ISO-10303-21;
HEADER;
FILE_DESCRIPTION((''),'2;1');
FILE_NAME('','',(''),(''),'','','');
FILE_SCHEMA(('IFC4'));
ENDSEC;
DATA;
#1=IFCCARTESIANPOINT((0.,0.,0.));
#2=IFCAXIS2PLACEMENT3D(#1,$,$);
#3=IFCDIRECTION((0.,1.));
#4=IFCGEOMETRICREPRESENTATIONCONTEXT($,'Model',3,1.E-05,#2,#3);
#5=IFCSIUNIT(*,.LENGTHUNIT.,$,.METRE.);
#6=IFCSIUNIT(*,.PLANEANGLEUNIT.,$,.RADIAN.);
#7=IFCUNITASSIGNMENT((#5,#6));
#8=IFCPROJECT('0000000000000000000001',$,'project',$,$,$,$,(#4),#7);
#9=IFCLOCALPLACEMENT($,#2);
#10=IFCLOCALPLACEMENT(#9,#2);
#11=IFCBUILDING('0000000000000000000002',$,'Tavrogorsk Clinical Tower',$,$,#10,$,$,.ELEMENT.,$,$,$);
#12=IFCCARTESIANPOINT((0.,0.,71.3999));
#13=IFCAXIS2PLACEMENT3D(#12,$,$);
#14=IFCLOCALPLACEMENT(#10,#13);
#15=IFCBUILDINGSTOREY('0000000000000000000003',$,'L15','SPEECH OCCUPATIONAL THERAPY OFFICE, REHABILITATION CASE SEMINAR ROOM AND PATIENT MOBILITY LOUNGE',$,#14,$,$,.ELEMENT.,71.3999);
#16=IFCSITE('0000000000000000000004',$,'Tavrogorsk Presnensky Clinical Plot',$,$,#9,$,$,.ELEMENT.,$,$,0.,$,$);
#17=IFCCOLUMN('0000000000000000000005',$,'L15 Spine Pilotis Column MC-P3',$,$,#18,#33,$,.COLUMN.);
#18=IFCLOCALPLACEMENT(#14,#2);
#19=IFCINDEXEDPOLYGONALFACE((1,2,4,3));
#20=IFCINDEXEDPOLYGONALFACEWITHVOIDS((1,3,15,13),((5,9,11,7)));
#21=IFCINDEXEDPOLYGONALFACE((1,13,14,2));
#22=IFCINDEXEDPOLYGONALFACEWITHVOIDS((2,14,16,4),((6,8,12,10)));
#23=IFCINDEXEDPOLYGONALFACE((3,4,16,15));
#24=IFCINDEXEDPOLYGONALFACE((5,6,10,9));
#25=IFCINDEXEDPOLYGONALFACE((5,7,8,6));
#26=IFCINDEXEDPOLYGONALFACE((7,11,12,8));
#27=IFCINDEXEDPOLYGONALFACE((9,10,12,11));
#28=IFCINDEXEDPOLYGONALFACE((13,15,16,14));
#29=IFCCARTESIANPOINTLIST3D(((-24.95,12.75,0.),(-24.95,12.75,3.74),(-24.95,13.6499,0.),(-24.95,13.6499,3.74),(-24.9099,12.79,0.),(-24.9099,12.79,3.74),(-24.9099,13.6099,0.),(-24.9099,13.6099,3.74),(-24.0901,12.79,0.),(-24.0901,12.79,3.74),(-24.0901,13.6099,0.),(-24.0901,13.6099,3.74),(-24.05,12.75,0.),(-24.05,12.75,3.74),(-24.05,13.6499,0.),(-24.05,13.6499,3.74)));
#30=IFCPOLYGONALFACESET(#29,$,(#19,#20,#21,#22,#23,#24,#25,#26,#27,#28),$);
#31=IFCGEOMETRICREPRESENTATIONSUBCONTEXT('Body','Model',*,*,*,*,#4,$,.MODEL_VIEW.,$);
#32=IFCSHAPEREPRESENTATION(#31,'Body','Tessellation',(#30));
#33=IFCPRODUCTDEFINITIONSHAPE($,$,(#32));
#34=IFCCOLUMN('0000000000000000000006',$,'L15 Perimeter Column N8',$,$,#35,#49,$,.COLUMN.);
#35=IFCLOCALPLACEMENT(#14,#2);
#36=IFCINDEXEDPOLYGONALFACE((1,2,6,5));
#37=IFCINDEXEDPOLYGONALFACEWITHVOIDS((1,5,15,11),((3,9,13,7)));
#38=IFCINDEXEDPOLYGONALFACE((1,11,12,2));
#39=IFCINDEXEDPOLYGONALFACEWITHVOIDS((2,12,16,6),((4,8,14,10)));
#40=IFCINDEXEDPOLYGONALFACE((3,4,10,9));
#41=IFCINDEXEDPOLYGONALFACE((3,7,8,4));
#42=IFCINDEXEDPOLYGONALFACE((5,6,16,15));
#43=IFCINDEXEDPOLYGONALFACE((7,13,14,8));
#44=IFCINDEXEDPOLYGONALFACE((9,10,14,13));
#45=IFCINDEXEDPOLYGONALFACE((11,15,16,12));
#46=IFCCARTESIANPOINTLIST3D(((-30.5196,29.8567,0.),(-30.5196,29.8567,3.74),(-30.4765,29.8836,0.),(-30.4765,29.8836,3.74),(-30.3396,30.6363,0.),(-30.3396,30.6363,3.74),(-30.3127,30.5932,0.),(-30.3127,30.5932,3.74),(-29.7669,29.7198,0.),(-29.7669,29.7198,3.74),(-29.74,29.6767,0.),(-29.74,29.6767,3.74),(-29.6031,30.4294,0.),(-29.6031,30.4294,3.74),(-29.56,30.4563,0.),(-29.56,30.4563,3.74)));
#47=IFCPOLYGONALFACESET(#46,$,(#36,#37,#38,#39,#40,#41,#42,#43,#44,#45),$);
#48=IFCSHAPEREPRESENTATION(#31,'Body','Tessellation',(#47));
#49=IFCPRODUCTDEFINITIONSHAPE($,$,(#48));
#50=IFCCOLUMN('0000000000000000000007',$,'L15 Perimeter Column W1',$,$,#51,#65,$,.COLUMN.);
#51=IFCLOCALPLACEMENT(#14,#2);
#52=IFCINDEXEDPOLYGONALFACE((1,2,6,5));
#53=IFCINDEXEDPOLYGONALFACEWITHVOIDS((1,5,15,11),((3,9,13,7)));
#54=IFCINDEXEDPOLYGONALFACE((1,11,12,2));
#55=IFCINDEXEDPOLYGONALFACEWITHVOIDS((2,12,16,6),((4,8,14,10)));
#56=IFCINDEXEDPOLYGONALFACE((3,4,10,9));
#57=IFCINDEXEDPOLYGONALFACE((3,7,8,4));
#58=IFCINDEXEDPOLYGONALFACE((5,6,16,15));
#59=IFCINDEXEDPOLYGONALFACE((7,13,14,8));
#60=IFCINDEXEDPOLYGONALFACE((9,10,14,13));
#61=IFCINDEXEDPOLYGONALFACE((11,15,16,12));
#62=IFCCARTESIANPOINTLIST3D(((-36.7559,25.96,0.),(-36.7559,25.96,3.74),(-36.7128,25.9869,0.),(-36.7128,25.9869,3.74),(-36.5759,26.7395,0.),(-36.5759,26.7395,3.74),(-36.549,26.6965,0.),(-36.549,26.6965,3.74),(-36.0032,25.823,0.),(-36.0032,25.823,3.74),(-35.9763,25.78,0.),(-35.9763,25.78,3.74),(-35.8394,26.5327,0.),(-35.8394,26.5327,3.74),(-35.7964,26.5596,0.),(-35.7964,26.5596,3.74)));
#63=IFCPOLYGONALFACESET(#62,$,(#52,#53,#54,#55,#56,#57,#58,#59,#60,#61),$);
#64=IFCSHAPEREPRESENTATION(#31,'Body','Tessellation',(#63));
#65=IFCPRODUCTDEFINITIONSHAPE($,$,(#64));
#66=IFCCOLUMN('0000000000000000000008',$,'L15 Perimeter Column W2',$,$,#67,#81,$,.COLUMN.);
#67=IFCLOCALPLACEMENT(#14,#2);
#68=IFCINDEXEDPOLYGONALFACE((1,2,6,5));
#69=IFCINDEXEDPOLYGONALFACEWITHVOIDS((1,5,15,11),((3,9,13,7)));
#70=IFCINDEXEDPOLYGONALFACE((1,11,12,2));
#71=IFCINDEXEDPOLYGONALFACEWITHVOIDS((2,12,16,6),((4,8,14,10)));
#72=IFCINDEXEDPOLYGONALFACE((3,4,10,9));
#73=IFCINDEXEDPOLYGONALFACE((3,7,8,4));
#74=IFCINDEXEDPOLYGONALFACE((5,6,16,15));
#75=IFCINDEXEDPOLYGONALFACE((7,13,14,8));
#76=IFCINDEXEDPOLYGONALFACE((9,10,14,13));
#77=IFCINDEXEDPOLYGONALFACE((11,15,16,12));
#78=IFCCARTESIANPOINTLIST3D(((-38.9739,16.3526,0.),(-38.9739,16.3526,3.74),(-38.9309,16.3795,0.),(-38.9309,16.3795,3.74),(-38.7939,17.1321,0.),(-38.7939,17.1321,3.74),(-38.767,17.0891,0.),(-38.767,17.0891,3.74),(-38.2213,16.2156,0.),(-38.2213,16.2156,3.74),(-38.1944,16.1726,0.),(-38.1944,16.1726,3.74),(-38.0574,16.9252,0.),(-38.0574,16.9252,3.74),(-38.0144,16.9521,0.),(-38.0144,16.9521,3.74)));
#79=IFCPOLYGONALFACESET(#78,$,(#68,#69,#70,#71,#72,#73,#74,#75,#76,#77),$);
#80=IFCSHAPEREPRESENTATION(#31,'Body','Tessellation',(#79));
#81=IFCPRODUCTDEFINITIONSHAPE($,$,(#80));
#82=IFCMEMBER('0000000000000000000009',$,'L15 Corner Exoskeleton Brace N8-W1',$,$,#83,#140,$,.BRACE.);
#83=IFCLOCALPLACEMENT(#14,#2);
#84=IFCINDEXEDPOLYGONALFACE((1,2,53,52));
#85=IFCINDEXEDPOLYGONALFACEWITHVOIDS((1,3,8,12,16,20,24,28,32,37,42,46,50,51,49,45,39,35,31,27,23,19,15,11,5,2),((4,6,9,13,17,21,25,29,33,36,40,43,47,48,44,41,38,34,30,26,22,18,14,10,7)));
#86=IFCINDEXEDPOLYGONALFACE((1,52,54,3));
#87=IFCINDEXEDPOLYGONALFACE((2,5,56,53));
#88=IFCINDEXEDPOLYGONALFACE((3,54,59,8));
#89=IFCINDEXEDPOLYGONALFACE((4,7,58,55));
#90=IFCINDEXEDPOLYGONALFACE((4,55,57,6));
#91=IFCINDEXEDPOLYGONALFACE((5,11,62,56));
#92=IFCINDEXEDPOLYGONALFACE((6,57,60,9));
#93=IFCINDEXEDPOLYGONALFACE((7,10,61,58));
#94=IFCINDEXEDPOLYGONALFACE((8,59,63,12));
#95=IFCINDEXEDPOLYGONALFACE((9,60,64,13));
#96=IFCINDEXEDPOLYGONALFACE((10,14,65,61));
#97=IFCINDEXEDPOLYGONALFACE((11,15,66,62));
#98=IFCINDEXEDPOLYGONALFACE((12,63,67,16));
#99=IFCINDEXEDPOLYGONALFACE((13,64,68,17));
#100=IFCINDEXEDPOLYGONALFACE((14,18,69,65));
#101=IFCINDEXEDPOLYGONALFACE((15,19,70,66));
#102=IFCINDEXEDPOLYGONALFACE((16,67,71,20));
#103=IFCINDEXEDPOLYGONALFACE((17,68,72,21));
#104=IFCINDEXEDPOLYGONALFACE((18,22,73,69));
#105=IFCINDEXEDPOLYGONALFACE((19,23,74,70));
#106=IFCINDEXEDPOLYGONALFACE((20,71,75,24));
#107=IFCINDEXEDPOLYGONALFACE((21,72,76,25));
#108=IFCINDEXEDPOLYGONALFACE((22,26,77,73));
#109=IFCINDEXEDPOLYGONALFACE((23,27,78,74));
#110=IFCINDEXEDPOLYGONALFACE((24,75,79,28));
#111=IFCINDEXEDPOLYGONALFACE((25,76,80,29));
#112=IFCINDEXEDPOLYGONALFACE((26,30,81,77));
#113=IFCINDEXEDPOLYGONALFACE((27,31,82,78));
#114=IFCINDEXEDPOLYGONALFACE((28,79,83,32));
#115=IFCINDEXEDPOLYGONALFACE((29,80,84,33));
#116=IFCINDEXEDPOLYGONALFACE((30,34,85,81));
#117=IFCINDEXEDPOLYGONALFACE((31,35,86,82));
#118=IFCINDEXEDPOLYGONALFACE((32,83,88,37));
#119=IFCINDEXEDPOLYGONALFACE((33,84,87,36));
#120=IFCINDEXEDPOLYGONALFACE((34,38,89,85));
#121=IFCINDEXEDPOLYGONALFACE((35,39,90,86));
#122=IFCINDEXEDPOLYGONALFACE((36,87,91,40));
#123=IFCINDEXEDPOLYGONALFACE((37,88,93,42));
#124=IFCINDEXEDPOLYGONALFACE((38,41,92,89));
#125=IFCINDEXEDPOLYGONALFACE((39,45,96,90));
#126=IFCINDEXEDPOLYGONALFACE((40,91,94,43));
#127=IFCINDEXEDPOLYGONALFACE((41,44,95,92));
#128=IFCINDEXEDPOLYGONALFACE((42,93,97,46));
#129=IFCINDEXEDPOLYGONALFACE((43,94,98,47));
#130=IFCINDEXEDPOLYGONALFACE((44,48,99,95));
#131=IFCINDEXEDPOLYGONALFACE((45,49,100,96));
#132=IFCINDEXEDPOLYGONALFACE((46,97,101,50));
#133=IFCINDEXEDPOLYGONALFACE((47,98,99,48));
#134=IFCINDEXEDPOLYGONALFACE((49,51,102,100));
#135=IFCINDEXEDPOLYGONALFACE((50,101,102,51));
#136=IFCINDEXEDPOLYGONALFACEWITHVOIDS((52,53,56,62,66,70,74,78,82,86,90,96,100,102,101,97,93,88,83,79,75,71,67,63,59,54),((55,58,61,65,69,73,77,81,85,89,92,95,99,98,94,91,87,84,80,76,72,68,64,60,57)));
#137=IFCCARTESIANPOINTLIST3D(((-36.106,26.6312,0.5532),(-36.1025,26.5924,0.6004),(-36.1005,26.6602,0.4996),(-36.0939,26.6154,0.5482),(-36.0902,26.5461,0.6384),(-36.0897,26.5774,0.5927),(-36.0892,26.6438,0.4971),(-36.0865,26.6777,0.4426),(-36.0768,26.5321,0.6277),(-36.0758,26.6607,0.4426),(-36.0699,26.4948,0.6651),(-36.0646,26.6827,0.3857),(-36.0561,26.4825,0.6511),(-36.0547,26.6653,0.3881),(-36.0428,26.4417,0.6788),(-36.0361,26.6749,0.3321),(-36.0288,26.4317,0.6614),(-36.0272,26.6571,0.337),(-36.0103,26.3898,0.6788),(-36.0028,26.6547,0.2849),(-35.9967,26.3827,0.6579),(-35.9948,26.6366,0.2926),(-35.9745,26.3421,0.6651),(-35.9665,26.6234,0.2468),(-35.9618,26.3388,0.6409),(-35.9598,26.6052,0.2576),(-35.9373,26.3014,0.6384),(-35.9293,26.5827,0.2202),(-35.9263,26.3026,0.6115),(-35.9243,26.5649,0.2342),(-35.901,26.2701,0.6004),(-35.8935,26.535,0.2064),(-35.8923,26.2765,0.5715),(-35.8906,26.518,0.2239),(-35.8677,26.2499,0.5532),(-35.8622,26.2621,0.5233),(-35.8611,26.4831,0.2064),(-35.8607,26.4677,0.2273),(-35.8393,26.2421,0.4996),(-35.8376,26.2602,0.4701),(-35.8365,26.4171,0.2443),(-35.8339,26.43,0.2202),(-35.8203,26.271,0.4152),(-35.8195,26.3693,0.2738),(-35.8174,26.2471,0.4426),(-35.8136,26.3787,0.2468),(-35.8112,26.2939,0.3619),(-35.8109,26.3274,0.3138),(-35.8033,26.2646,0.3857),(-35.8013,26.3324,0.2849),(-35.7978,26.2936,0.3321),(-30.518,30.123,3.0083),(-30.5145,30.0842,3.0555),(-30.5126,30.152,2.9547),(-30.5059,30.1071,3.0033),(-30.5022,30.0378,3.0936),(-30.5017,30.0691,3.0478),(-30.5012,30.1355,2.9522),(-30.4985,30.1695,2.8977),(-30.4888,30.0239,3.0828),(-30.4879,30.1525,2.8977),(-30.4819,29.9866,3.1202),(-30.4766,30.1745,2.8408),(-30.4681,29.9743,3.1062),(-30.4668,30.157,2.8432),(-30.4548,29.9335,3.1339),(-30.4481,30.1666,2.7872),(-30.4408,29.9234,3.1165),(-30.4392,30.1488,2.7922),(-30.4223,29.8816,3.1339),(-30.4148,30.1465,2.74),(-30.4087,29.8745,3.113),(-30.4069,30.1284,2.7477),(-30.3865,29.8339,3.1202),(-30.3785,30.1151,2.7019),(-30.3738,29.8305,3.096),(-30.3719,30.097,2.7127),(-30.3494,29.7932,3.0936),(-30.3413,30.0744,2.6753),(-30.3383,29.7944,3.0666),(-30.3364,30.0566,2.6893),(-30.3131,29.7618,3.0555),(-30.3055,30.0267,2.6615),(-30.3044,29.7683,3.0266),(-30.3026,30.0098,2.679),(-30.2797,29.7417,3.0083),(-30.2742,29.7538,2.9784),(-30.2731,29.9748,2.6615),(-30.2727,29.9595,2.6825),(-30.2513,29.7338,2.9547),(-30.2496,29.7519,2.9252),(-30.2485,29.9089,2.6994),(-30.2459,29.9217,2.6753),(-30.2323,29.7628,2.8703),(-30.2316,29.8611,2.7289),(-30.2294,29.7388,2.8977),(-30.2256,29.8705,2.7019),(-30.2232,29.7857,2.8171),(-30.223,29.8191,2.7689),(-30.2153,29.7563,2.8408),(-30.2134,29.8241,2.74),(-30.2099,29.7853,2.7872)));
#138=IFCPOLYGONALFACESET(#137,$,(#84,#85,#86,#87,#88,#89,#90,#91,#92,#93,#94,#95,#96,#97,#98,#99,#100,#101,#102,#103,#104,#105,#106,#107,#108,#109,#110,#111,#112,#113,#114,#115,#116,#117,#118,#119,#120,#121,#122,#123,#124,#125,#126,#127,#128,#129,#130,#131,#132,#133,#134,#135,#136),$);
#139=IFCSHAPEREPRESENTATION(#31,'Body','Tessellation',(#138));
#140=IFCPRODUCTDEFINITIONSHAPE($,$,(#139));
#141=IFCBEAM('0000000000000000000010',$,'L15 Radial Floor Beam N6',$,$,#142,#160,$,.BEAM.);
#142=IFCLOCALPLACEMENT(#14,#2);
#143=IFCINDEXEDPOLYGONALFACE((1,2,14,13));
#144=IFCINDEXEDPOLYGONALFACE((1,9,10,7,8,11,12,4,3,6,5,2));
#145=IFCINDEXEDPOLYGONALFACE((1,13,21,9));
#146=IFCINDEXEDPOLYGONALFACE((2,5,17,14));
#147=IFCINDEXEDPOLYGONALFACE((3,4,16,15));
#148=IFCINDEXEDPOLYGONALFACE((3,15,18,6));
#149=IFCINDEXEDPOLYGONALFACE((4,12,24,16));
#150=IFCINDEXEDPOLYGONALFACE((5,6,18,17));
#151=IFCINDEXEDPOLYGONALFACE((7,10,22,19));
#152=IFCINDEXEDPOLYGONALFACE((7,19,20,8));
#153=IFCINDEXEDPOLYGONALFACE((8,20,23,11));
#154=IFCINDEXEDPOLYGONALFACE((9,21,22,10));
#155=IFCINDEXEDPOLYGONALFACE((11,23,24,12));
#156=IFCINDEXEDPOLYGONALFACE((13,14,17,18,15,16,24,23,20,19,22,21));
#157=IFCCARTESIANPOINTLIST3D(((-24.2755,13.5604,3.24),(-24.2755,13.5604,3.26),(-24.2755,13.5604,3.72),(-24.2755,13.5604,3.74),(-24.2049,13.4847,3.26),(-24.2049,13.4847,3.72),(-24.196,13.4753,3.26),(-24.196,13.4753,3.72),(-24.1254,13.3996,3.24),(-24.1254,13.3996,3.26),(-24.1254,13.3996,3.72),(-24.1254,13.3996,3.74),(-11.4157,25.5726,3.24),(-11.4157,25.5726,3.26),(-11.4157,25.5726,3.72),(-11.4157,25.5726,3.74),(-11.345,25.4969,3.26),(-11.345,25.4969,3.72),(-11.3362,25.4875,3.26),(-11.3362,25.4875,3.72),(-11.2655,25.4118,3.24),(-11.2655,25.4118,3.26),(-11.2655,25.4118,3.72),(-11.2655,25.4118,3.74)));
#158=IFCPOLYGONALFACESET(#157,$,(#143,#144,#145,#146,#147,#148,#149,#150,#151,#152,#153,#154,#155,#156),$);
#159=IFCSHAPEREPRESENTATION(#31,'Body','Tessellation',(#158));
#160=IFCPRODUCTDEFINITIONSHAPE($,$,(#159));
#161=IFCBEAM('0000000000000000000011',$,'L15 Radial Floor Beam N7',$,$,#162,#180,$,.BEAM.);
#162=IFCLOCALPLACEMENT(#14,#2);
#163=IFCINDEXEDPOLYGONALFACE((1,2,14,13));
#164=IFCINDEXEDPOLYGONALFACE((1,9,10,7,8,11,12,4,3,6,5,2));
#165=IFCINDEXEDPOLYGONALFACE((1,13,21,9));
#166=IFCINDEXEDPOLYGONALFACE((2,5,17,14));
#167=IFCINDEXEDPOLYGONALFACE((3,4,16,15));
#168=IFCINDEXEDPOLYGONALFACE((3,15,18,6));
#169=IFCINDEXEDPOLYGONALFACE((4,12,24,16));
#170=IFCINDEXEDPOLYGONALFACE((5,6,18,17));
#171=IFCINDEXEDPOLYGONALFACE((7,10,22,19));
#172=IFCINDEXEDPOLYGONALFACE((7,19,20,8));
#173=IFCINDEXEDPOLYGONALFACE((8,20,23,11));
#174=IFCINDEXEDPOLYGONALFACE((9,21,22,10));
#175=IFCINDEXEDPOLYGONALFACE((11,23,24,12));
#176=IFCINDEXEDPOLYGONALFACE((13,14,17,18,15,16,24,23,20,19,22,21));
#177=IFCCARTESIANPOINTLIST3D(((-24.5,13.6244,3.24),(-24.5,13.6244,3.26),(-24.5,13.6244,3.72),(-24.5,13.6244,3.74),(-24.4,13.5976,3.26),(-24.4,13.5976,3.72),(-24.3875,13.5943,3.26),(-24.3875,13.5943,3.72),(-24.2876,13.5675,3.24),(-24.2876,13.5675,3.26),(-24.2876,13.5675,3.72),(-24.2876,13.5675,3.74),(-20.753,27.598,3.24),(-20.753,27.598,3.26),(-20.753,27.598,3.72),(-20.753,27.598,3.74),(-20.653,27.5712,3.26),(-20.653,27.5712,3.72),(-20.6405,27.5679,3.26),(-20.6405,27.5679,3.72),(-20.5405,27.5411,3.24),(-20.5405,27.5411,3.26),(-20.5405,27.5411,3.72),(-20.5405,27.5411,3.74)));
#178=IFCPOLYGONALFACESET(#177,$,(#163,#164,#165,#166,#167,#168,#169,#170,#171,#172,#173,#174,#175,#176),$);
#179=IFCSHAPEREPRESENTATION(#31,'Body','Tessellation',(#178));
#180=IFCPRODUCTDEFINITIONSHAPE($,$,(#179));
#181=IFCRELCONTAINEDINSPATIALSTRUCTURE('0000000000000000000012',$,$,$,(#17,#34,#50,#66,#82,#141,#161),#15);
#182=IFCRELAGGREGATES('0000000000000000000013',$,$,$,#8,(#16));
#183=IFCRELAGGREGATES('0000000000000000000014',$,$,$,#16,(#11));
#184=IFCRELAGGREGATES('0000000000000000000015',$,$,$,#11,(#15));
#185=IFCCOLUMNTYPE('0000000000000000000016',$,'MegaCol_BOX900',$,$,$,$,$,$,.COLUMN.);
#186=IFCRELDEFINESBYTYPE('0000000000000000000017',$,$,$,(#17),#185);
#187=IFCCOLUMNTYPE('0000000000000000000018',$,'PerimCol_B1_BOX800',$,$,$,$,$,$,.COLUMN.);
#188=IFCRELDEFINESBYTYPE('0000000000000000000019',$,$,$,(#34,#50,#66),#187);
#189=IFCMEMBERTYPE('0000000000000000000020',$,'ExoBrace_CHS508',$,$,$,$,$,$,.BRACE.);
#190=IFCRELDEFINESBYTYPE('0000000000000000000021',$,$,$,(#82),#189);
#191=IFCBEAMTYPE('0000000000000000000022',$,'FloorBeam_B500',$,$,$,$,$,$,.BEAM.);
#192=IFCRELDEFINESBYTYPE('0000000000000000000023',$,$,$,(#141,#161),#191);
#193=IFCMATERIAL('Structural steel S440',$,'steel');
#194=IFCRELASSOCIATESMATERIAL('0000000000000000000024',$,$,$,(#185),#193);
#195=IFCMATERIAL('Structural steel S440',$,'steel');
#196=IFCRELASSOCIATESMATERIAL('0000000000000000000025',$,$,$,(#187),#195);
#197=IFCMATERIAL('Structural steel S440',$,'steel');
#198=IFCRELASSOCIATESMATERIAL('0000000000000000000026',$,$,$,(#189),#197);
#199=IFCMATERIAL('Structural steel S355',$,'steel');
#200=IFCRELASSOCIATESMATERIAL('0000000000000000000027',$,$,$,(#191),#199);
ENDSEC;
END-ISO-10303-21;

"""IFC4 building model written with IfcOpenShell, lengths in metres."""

from ifc_helpers import new_model, si_unit, direction, frame, origin, origin_2d, place, context, subcontext, project, spatial, hollow_rectangle, hollow_circle, i_section, extrude, material, material_profile, profile_set, type_object, element, save


model = new_model("IFC4")

# Units and contexts
model_context = context("Model", 3, precision=1e-05, world=origin(), true_north=direction((0.0, 1.0)))
body_context = subcontext(model_context, "Body", "Model", "MODEL_VIEW")
ifc_project = project(units=[si_unit("LENGTHUNIT", "METRE"), si_unit("PLANEANGLEUNIT", "RADIAN")], contexts=[model_context])

# Site, building, storey
site_placement = place(None, origin())
site = spatial("IfcSite", under=ifc_project, at=site_placement, Name="Tavrogorsk Presnensky Clinical Plot", CompositionType="ELEMENT", RefElevation=0.0)
building_placement = place(site_placement, origin())
building = spatial("IfcBuilding", under=site, at=building_placement, Name="Tavrogorsk Clinical Tower", CompositionType="ELEMENT")
storey_placement = place(building_placement, frame((0.0, 0.0, 71.3999)))
storey = spatial("IfcBuildingStorey", under=building, at=storey_placement, Name="L15", Description="SPEECH OCCUPATIONAL THERAPY OFFICE, REHABILITATION CASE SEMINAR ROOM AND PATIENT MOBILITY LOUNGE", CompositionType="ELEMENT", Elevation=71.3999)

# Columns
ifc_material_1 = material(Name="Structural steel S440", Category="steel")
ifc_material_profile_1 = material_profile(ifc_material_1, hollow_rectangle(XDim=0.8999, YDim=0.8999, WallThickness=0.04, at=origin_2d()), Name="BOX-900x900x40")
ifc_profile_set_1 = profile_set([ifc_material_profile_1], Name="Structural steel S440")
column_type_1 = type_object("IfcColumnType", Name="MegaCol_BOX900", PredefinedType="COLUMN", material=ifc_profile_set_1)
column_placement = place(storey_placement, frame((-24.5, 13.2, 0.0), z_axis=(0.0, 0.0, 1.0), x_axis=(1.0, 0.0, 0.0)))
element("IfcColumn", 1, at=column_placement, inside=storey, type_object=column_type_1, Name="L15 Spine Pilotis Column MC-P3", PredefinedType="COLUMN", context=body_context, shape_type="SweptSolid", body=[
    extrude(hollow_rectangle(XDim=0.8999, YDim=0.8999, WallThickness=0.04, at=origin_2d()), origin(), (0.0, 0.0, 1.0), 3.74),
])
ifc_material_2 = material(Name="Structural steel S440", Category="steel")
ifc_material_profile_2 = material_profile(ifc_material_2, hollow_rectangle(XDim=0.8, YDim=0.8, WallThickness=0.0359, at=origin_2d()), Name="BOX-800x800x36")
ifc_profile_set_2 = profile_set([ifc_material_profile_2], Name="Structural steel S440")
column_type_2 = type_object("IfcColumnType", Name="PerimCol_B1_BOX800", PredefinedType="COLUMN", material=ifc_profile_set_2)
for number, where, z_axis, x_axis, name in (
    (2, (-30.0398, 30.1565, 0.0), (0.0, 0.0, 1.0), (0.97437, -0.224951, 0.0), "L15 Perimeter Column N8"),
    (3, (-36.2761, 26.2598, 0.0), (0.0, 0.0, 1.0), (0.97437, -0.224951, 0.0), "L15 Perimeter Column W1"),
    (4, (-38.4941, 16.6523, 0.0), (0.0, 0.0, 1.0), (0.97437, -0.224951, 0.0), "L15 Perimeter Column W2"),
):
    element("IfcColumn", number, at=place(storey_placement, frame(where, z_axis=z_axis, x_axis=x_axis)), inside=storey, type_object=column_type_2, Name=name, PredefinedType="COLUMN", context=body_context, shape_type="SweptSolid", body=[
        extrude(hollow_rectangle(XDim=0.8, YDim=0.8, WallThickness=0.0359, at=origin_2d()), origin(), (0.0, 0.0, 1.0), 3.74),
    ])

# Member
ifc_material_3 = material(Name="Structural steel S440", Category="steel")
ifc_material_profile_3 = material_profile(ifc_material_3, hollow_circle(Radius=0.2539, WallThickness=0.02, at=origin_2d()), Name="CHS-508x20")
ifc_profile_set_3 = profile_set([ifc_material_profile_3], Name="Structural steel S440")
member_type_1 = type_object("IfcMemberType", Name="ExoBrace_CHS508", PredefinedType="BRACE", material=ifc_profile_set_3)
member_1_placement = place(storey_placement, frame((-35.9519, 26.4624, 0.4426), z_axis=(0.794679, 0.49657, 0.349148), x_axis=(-0.529919, 0.848048, 0.0)))
element("IfcMember", 5, at=member_1_placement, inside=storey, type_object=member_type_1, Name="L15 Corner Exoskeleton Brace N8-W1", PredefinedType="BRACE", context=body_context, shape_type="SweptSolid", body=[
    extrude(hollow_circle(Radius=0.2539, WallThickness=0.02, at=origin_2d()), origin(), (0.0, 0.0, 1.0), 7.0317),
])

# Beams
ifc_material_4 = material(Name="Structural steel S355", Category="steel")
ifc_material_profile_4 = material_profile(ifc_material_4, i_section(OverallWidth=0.22, OverallDepth=0.5, WebThickness=0.0129, FlangeThickness=0.02, at=origin_2d()), Name="B-500x220x13x20")
ifc_profile_set_4 = profile_set([ifc_material_profile_4], Name="Structural steel S355")
beam_type_1 = type_object("IfcBeamType", Name="FloorBeam_B500", PredefinedType="BEAM", material=ifc_profile_set_4)
beam_1_placement = place(storey_placement, frame((-24.2004, 13.48, 3.49), z_axis=(0.730781, 0.682612, 0.0), x_axis=(-0.682612, 0.730781, 0.0)))
element("IfcBeam", 6, at=beam_1_placement, inside=storey, type_object=beam_type_1, Name="L15 Radial Floor Beam N6", PredefinedType="BEAM", context=body_context, shape_type="SweptSolid", body=[
    extrude(i_section(OverallWidth=0.22, OverallDepth=0.5, WebThickness=0.0129, FlangeThickness=0.02, at=origin_2d()), origin(), (0.0, 0.0, 1.0), 17.5974),
])
beam_2_placement = place(storey_placement, frame((-24.3938, 13.5959, 3.49), z_axis=(0.259003, 0.965877, 0.0), x_axis=(-0.965877, 0.259003, 0.0)))
element("IfcBeam", 7, at=beam_2_placement, inside=storey, type_object=beam_type_1, Name="L15 Radial Floor Beam N7", PredefinedType="BEAM", context=body_context, shape_type="SweptSolid", body=[
    extrude(i_section(OverallWidth=0.22, OverallDepth=0.5, WebThickness=0.0129, FlangeThickness=0.02, at=origin_2d()), origin(), (0.0, 0.0, 1.0), 14.4673),
])

save(model, "model.ifc")
